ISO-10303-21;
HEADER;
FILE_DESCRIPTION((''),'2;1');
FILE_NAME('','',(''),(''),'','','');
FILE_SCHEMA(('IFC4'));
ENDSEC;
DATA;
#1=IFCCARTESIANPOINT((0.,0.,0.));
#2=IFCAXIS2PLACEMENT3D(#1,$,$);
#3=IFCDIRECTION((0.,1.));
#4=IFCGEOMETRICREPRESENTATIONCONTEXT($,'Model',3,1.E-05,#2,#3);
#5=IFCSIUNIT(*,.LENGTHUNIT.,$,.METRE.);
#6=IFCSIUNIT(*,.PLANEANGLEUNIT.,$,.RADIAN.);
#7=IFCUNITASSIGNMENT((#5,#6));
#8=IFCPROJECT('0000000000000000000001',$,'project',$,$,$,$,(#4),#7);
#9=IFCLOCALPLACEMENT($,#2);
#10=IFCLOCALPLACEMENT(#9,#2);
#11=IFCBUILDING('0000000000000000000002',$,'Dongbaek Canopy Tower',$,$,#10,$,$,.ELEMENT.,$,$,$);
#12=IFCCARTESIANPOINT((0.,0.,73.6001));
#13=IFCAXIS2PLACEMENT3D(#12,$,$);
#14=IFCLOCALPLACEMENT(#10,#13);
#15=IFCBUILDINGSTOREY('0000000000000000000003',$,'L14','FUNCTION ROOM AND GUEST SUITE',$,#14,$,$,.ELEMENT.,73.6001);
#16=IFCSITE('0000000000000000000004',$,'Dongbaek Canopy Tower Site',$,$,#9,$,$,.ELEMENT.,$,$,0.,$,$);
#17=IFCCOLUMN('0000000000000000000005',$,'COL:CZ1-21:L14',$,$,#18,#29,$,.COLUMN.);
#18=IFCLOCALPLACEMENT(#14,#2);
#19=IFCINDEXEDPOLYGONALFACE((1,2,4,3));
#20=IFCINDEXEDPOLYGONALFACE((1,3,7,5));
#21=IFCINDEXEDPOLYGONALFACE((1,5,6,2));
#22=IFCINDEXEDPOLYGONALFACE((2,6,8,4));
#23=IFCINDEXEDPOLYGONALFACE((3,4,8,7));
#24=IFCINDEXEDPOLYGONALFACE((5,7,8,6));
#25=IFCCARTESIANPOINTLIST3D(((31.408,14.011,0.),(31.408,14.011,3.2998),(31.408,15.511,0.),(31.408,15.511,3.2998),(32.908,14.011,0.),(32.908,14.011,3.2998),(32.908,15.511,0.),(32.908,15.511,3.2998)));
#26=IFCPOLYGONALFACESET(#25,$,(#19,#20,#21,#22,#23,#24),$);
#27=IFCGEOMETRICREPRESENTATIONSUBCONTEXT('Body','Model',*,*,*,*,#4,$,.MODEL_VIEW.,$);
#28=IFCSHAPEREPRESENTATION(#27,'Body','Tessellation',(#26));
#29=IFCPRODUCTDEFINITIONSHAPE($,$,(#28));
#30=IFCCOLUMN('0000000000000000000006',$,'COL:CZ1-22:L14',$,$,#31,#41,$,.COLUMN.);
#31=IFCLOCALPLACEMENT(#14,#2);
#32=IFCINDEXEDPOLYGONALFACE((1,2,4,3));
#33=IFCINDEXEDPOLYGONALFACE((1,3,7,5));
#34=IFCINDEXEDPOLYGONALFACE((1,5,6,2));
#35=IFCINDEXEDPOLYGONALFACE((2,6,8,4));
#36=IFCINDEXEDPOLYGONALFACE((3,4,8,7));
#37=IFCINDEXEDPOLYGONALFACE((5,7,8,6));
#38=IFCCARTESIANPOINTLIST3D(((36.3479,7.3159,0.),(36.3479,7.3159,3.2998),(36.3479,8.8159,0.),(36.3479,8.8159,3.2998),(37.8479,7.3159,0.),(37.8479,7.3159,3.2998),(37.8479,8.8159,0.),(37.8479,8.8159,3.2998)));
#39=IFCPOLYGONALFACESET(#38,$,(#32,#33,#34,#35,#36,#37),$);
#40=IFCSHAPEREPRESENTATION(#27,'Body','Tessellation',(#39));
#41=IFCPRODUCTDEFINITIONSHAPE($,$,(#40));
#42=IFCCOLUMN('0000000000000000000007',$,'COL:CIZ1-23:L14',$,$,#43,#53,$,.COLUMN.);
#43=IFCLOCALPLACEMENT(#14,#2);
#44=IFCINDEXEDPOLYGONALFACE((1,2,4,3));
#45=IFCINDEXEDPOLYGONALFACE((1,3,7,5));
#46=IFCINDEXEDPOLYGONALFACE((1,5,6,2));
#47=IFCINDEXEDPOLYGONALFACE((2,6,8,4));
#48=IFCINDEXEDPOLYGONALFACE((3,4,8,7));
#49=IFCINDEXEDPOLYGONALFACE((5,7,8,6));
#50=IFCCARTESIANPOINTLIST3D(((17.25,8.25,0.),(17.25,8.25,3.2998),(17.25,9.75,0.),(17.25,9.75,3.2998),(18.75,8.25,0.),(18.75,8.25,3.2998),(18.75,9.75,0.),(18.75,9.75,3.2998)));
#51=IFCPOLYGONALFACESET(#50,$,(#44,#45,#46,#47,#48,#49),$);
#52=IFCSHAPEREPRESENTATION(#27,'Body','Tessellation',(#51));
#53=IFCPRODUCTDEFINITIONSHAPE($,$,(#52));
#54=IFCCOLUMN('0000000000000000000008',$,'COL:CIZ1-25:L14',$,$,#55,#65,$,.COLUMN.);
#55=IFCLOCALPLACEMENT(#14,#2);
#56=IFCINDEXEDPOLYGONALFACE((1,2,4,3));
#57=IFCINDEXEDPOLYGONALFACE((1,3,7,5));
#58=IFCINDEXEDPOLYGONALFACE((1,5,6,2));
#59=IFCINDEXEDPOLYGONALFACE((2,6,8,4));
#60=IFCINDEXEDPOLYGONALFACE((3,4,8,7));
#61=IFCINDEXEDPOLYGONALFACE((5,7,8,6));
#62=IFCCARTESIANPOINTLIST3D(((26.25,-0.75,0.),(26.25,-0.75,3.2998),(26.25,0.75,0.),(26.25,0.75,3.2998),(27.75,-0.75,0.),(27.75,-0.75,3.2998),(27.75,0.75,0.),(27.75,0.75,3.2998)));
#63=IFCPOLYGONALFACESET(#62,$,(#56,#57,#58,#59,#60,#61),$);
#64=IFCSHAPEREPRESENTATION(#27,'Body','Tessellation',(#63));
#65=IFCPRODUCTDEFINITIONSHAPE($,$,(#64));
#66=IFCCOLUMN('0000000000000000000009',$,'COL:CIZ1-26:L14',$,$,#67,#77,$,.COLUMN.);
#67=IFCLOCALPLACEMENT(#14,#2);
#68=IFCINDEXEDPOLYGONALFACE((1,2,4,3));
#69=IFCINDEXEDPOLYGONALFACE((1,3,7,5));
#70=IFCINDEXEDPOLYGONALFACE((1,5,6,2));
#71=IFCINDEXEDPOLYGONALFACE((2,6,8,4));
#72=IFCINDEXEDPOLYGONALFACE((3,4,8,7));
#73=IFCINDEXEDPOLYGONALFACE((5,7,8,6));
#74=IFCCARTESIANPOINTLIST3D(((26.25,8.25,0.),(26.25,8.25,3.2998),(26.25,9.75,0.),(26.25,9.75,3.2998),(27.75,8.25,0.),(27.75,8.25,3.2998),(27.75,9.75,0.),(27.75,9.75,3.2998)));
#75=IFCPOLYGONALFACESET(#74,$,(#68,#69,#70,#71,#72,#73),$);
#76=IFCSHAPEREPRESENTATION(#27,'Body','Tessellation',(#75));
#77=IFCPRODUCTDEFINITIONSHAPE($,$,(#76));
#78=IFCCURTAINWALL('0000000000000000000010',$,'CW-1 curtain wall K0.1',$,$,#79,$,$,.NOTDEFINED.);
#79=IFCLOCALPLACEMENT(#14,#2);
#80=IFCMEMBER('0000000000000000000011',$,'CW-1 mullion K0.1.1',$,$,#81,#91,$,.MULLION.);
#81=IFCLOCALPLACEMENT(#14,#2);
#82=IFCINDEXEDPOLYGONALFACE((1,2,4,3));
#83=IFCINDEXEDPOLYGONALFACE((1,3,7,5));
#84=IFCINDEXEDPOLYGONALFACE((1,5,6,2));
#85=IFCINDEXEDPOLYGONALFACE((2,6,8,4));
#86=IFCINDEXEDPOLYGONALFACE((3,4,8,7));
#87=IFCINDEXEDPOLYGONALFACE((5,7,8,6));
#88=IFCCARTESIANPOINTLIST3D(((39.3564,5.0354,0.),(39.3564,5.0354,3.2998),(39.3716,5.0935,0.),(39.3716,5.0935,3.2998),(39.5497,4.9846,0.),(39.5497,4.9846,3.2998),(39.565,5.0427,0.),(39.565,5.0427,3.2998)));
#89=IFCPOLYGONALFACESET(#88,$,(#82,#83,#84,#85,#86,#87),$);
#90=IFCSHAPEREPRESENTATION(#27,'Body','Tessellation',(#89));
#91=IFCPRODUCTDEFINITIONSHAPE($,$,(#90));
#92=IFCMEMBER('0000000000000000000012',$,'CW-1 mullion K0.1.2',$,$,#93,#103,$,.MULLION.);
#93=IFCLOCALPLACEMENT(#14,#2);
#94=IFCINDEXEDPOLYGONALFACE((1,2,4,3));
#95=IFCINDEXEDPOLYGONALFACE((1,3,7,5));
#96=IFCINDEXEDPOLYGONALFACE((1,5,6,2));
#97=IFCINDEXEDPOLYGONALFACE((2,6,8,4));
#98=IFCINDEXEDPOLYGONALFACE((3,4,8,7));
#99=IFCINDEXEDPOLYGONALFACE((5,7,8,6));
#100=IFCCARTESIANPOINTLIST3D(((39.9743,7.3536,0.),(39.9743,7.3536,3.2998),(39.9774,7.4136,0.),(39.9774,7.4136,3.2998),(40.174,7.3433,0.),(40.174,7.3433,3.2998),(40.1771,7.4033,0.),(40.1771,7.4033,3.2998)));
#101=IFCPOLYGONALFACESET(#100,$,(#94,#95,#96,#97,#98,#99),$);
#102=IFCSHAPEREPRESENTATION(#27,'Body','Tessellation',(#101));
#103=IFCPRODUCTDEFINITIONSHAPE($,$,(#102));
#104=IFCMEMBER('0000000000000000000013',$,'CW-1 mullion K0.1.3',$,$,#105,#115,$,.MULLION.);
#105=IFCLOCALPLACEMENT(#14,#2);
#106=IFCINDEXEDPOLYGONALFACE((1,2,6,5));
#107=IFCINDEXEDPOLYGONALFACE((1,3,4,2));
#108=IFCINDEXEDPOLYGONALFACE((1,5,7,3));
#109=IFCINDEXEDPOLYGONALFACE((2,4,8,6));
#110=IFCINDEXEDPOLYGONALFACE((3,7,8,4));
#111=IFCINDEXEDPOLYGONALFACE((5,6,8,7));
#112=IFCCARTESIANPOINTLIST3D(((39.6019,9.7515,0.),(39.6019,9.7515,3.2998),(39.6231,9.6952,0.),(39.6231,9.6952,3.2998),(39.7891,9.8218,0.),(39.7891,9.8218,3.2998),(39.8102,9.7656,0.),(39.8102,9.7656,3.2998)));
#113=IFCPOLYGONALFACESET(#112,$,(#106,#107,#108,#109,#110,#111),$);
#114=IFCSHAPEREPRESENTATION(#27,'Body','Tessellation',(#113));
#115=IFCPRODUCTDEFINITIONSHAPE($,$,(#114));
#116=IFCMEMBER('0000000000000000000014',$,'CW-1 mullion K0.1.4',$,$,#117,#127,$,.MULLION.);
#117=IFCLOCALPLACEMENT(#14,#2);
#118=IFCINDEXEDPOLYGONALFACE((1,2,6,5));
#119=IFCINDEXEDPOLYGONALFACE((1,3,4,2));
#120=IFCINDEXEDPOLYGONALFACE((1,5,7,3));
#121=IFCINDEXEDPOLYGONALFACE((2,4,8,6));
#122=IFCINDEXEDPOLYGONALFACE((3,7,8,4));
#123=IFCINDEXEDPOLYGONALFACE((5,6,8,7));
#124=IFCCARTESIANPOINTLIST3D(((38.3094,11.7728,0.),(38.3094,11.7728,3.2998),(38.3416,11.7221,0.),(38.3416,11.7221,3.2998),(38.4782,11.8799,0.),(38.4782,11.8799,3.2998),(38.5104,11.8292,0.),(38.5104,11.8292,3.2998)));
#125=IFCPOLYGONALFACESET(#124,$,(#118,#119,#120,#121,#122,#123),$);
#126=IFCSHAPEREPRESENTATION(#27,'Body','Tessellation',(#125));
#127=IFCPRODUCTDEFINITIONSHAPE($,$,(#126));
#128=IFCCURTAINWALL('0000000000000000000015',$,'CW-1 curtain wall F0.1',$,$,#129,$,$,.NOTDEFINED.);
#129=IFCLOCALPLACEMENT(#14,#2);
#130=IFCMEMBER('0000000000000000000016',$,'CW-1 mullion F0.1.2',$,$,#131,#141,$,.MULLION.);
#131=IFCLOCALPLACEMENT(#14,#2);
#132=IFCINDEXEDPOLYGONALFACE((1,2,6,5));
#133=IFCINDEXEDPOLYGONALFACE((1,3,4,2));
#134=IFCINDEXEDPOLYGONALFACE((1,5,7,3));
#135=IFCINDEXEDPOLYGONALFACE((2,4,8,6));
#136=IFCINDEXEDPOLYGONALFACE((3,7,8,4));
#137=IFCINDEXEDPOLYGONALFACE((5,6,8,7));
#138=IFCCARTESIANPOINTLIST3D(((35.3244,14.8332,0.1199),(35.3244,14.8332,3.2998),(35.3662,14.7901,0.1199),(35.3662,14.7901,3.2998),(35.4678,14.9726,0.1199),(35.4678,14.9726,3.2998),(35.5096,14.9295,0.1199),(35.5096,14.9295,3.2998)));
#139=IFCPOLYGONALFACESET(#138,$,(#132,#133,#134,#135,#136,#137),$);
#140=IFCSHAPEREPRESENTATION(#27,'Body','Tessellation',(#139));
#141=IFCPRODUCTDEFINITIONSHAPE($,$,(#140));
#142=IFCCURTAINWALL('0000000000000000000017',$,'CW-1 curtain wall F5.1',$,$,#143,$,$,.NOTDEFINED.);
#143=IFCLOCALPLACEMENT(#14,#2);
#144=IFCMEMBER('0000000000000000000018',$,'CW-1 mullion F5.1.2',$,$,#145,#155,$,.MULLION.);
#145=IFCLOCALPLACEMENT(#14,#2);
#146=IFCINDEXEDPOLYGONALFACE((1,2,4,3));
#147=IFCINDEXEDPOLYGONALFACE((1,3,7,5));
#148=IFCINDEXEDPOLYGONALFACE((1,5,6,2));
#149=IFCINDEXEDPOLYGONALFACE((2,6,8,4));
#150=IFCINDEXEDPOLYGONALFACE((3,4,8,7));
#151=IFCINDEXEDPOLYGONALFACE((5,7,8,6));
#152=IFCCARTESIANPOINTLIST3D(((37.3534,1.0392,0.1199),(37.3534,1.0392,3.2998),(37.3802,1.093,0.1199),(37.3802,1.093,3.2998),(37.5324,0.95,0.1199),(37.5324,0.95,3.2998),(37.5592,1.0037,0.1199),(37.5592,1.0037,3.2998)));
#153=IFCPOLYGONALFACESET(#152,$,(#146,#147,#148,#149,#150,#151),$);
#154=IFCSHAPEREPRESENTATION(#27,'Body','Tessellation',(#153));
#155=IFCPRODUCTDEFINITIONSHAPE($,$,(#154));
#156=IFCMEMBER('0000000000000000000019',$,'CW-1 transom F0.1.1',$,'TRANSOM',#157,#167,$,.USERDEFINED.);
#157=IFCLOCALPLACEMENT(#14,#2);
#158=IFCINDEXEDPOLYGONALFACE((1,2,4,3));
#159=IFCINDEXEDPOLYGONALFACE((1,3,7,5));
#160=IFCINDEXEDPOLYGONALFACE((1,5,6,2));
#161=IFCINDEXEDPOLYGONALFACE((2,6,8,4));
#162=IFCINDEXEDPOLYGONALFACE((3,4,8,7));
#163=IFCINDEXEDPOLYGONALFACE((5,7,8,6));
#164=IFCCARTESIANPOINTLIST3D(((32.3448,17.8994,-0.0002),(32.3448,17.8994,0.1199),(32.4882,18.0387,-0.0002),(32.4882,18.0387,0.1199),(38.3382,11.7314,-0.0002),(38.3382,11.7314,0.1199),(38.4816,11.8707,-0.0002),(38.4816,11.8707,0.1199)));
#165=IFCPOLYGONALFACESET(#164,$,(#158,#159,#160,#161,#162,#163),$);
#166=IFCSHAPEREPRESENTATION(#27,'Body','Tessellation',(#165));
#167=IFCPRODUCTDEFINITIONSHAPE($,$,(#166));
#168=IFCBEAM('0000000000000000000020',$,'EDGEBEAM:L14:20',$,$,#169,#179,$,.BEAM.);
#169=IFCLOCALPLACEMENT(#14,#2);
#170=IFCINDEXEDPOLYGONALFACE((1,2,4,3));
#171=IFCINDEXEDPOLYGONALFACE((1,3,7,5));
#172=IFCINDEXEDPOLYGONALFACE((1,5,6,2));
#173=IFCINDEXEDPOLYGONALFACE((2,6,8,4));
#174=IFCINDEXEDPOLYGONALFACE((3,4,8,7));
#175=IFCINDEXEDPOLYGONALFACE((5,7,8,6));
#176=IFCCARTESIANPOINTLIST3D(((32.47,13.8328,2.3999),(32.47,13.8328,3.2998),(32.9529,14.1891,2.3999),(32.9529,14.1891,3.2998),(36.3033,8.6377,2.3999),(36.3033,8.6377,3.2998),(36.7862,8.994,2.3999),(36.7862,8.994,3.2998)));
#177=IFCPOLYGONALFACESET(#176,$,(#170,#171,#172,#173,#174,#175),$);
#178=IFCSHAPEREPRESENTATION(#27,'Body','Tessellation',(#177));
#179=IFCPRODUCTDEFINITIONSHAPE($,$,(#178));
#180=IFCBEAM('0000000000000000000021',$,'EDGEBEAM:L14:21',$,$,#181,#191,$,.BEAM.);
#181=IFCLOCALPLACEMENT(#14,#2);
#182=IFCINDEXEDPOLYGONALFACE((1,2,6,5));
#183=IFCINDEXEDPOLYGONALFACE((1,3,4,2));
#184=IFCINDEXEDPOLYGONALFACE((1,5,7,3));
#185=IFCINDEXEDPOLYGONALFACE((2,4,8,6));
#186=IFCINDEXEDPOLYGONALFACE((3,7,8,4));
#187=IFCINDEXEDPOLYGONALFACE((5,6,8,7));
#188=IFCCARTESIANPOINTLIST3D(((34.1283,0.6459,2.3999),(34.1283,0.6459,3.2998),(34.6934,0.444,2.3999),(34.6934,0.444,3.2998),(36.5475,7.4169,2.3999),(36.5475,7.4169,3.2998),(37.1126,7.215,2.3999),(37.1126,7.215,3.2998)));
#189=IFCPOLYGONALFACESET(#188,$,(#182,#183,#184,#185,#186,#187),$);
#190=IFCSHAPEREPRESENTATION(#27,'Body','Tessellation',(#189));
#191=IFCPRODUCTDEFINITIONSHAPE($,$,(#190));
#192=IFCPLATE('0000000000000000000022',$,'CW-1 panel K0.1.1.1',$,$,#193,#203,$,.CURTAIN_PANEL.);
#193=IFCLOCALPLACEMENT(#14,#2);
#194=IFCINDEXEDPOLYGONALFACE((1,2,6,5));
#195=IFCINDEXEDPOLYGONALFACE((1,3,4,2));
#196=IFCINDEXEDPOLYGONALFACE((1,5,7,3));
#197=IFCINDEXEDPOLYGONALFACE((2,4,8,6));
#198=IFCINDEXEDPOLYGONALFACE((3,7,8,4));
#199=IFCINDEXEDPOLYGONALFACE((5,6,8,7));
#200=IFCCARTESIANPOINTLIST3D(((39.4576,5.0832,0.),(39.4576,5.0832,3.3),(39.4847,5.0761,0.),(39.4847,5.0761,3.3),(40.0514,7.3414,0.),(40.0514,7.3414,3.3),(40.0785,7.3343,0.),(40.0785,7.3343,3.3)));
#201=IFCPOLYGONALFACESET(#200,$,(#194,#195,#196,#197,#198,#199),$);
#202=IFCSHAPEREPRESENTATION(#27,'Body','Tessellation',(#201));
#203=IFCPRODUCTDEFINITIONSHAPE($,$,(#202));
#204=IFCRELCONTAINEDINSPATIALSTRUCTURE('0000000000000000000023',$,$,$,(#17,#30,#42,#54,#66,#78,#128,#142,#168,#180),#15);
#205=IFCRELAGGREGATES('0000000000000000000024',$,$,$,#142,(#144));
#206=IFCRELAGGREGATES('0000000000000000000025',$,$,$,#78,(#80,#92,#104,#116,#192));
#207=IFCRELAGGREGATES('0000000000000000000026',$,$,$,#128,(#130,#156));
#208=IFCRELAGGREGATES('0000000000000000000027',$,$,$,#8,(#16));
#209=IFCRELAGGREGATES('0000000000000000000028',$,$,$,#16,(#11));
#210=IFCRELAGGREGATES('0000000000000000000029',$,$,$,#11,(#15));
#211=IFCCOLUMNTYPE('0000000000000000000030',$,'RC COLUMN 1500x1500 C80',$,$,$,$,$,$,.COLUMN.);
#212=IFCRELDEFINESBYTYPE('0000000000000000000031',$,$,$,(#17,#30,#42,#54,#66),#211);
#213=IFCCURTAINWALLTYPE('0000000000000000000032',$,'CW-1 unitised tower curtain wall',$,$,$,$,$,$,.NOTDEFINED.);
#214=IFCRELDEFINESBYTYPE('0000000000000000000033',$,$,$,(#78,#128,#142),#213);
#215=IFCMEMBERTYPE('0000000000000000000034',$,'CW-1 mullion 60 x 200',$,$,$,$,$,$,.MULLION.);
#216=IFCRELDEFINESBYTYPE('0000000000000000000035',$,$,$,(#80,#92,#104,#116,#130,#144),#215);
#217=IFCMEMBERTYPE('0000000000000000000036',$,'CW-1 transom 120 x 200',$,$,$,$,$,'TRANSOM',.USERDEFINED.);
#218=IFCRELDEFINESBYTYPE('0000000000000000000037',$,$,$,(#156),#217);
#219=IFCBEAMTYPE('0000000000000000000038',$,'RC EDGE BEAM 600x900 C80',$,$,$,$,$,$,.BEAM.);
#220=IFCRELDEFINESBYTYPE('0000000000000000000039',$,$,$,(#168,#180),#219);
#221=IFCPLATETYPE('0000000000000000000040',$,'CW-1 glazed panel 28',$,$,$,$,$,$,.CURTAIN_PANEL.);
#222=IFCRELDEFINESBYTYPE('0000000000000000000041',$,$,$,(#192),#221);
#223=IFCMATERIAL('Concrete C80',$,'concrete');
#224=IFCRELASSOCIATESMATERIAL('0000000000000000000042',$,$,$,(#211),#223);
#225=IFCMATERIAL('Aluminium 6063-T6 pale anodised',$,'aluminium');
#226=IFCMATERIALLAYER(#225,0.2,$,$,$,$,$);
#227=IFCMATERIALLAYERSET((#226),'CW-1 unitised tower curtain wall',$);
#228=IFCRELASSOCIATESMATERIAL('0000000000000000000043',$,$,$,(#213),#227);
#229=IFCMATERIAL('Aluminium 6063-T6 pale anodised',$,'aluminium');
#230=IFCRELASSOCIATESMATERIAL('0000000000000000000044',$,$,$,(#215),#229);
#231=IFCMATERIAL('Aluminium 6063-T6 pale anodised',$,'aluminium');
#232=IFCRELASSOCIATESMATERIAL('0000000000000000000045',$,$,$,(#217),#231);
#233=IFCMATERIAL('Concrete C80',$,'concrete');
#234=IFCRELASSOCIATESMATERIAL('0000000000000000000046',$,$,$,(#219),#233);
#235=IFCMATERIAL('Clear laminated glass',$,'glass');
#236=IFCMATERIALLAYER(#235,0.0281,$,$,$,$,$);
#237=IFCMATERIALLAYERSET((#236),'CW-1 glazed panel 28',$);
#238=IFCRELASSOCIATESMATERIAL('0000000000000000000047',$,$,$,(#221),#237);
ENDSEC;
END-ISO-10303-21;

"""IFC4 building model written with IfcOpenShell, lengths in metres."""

from ifc_helpers import new_model, si_unit, direction, frame, origin, origin_2d, place, context, subcontext, project, spatial, rectangle, extrude, material, layer, layer_set, material_profile, profile_set, type_object, element, aggregate, save


model = new_model("IFC4")

# Units and contexts
model_context = context("Model", 3, precision=1e-05, world=origin(), true_north=direction((0.0, 1.0)))
body_context = subcontext(model_context, "Body", "Model", "MODEL_VIEW")
ifc_project = project(units=[si_unit("LENGTHUNIT", "METRE"), si_unit("PLANEANGLEUNIT", "RADIAN")], contexts=[model_context])

# Site, building, storey
site_placement = place(None, origin())
site = spatial("IfcSite", under=ifc_project, at=site_placement, Name="Dongbaek Canopy Tower Site", CompositionType="ELEMENT", RefElevation=0.0)
building_placement = place(site_placement, origin())
building = spatial("IfcBuilding", under=site, at=building_placement, Name="Dongbaek Canopy Tower", CompositionType="ELEMENT")
storey_placement = place(building_placement, frame((0.0, 0.0, 73.6001)))
storey = spatial("IfcBuildingStorey", under=building, at=storey_placement, Name="L14", Description="FUNCTION ROOM AND GUEST SUITE", CompositionType="ELEMENT", Elevation=73.6001)

# Columns
ifc_material_1 = material(Name="Concrete C80", Category="concrete")
ifc_material_profile_1 = material_profile(ifc_material_1, rectangle(XDim=1.5, YDim=1.5, at=origin_2d()), Name="RC COLUMN 1500x1500 C80")
ifc_profile_set_1 = profile_set([ifc_material_profile_1], Name="Concrete C80")
column_type = type_object("IfcColumnType", Name="RC COLUMN 1500x1500 C80", PredefinedType="COLUMN", material=ifc_profile_set_1)
for number, where, z_axis, x_axis, name in (
    (1, (32.158, 14.761, 0.0), (0.0, 0.0, 1.0), (1.0, 0.0, 0.0), "COL:CZ1-21:L14"),
    (2, (37.0979, 8.0659, 0.0), (0.0, 0.0, 1.0), (1.0, 0.0, 0.0), "COL:CZ1-22:L14"),
    (3, (18.0, 9.0, 0.0), (0.0, 0.0, 1.0), (1.0, 0.0, 0.0), "COL:CIZ1-23:L14"),
    (4, (27.0, 0.0, 0.0), (0.0, 0.0, 1.0), (1.0, 0.0, 0.0), "COL:CIZ1-25:L14"),
    (5, (27.0, 9.0, 0.0), (0.0, 0.0, 1.0), (1.0, 0.0, 0.0), "COL:CIZ1-26:L14"),
):
    element("IfcColumn", number, at=place(storey_placement, frame(where, z_axis=z_axis, x_axis=x_axis)), inside=storey, type_object=column_type, Name=name, PredefinedType="COLUMN", context=body_context, shape_type="SweptSolid", body=[
        extrude(rectangle(XDim=1.5, YDim=1.5, at=origin_2d()), origin(), (0.0, 0.0, 1.0), 3.2998),
    ])

# Curtain wall, members
ifc_material_2 = material(Name="Aluminium 6063-T6 pale anodised", Category="aluminium")
ifc_layer_1 = layer(ifc_material_2, 0.2)
ifc_layer_set_1 = layer_set([ifc_layer_1], Name="CW-1 unitised tower curtain wall")
curtain_wall_type = type_object("IfcCurtainWallType", Name="CW-1 unitised tower curtain wall", PredefinedType="NOTDEFINED", material=ifc_layer_set_1)
curtain_wall_1_placement = place(storey_placement, origin())
curtain_wall_1 = element("IfcCurtainWall", 6, at=curtain_wall_1_placement, inside=storey, type_object=curtain_wall_type, Name="CW-1 curtain wall K0.1", PredefinedType="NOTDEFINED")
ifc_material_3 = material(Name="Aluminium 6063-T6 pale anodised", Category="aluminium")
ifc_material_profile_2 = material_profile(ifc_material_3, rectangle(XDim=0.2, YDim=0.0601, at=origin_2d()), Name="CW-1 mullion 60 x 200")
ifc_profile_set_2 = profile_set([ifc_material_profile_2], Name="Aluminium 6063-T6 pale anodised")
member_type_1 = type_object("IfcMemberType", Name="CW-1 mullion 60 x 200", PredefinedType="MULLION", material=ifc_profile_set_2)
member_1_placement = place(storey_placement, frame((39.4607, 5.0391, 0.0), z_axis=(0.0, 0.0, 1.0), x_axis=(0.967124, -0.254304, 0.0)))
member_1 = element("IfcMember", 7, at=member_1_placement, type_object=member_type_1, Name="CW-1 mullion K0.1.1", PredefinedType="MULLION", context=body_context, shape_type="SweptSolid", body=[
    extrude(rectangle(XDim=0.2, YDim=0.0601, at=origin_2d()), origin(), (0.0, 0.0, 1.0), 3.2998),
])
member_2_placement = place(storey_placement, frame((40.0757, 7.3784, 0.0), z_axis=(0.0, 0.0, 1.0), x_axis=(0.998674, -0.051471, 0.0)))
member_2 = element("IfcMember", 8, at=member_2_placement, type_object=member_type_1, Name="CW-1 mullion K0.1.2", PredefinedType="MULLION", context=body_context, shape_type="SweptSolid", body=[
    extrude(rectangle(XDim=0.2, YDim=0.0601, at=origin_2d()), origin(), (0.0, 0.0, 1.0), 3.2998),
])
member_3_placement = place(storey_placement, frame((39.7061, 9.7585, 0.0), z_axis=(0.0, 0.0, 1.0), x_axis=(0.935977, 0.352062, 0.0)))
member_3 = element("IfcMember", 9, at=member_3_placement, type_object=member_type_1, Name="CW-1 mullion K0.1.3", PredefinedType="MULLION", context=body_context, shape_type="SweptSolid", body=[
    extrude(rectangle(XDim=0.2, YDim=0.0601, at=origin_2d()), origin(), (0.0, 0.0, 1.0), 3.2998),
])
member_4_placement = place(storey_placement, frame((38.4099, 11.801, 0.0), z_axis=(0.0, 0.0, 1.0), x_axis=(0.844371, 0.535759, 0.0)))
member_4 = element("IfcMember", 10, at=member_4_placement, type_object=member_type_1, Name="CW-1 mullion K0.1.4", PredefinedType="MULLION", context=body_context, shape_type="SweptSolid", body=[
    extrude(rectangle(XDim=0.2, YDim=0.0601, at=origin_2d()), origin(), (0.0, 0.0, 1.0), 3.2998),
])

# Curtain walls, members
curtain_wall_2_placement = place(storey_placement, origin())
curtain_wall_2 = element("IfcCurtainWall", 11, at=curtain_wall_2_placement, inside=storey, type_object=curtain_wall_type, Name="CW-1 curtain wall F0.1", PredefinedType="NOTDEFINED")
member_5_placement = place(storey_placement, frame((35.417, 14.8813, 0.1199), z_axis=(0.0, 0.0, 1.0), x_axis=(0.717186, 0.696882, 0.0)))
member_5 = element("IfcMember", 12, at=member_5_placement, type_object=member_type_1, Name="CW-1 mullion F0.1.2", PredefinedType="MULLION", context=body_context, shape_type="SweptSolid", body=[
    extrude(rectangle(XDim=0.2, YDim=0.0601, at=origin_2d()), origin(), (0.0, 0.0, 1.0), 3.1799),
])
curtain_wall_3_placement = place(storey_placement, origin())
curtain_wall_3 = element("IfcCurtainWall", 13, at=curtain_wall_3_placement, inside=storey, type_object=curtain_wall_type, Name="CW-1 curtain wall F5.1", PredefinedType="NOTDEFINED")
member_6_placement = place(storey_placement, frame((37.4563, 1.0215, 0.1199), z_axis=(0.0, 0.0, 1.0), x_axis=(0.894823, -0.44642, 0.0)))
member_6 = element("IfcMember", 14, at=member_6_placement, type_object=member_type_1, Name="CW-1 mullion F5.1.2", PredefinedType="MULLION", context=body_context, shape_type="SweptSolid", body=[
    extrude(rectangle(XDim=0.2, YDim=0.0601, at=origin_2d()), origin(), (0.0, 0.0, 1.0), 3.1799),
])

# Member
ifc_material_4 = material(Name="Aluminium 6063-T6 pale anodised", Category="aluminium")
ifc_material_profile_3 = material_profile(ifc_material_4, rectangle(XDim=0.2, YDim=0.1201, at=origin_2d()), Name="CW-1 transom 120 x 200")
ifc_profile_set_3 = profile_set([ifc_material_profile_3], Name="Aluminium 6063-T6 pale anodised")
member_type_2 = type_object("IfcMemberType", Name="CW-1 transom 120 x 200", ElementType="TRANSOM", PredefinedType="USERDEFINED", material=ifc_profile_set_3)
member_7_placement = place(storey_placement, frame((38.4099, 11.801, 0.0598), z_axis=(-0.696885, 0.717182, 0.0), x_axis=(-0.717182, -0.696885, 0.0)))
member_7 = element("IfcMember", 15, at=member_7_placement, type_object=member_type_2, Name="CW-1 transom F0.1.1", ObjectType="TRANSOM", PredefinedType="USERDEFINED", context=body_context, shape_type="SweptSolid", body=[
    extrude(rectangle(XDim=0.2, YDim=0.1201, at=origin_2d()), origin(), (0.0, 0.0, 1.0), 8.6003),
])

# Beams
ifc_material_5 = material(Name="Concrete C80", Category="concrete")
ifc_material_profile_4 = material_profile(ifc_material_5, rectangle(XDim=0.6001, YDim=0.8999, at=origin_2d()), Name="RC EDGE BEAM 600x900 C80")
ifc_profile_set_4 = profile_set([ifc_material_profile_4], Name="Concrete C80")
beam_type = type_object("IfcBeamType", Name="RC EDGE BEAM 600x900 C80", PredefinedType="BEAM", material=ifc_profile_set_4)
beam_1_placement = place(storey_placement, frame((32.7114, 14.011, 2.8499), z_axis=(0.593732, -0.804663, 0.0), x_axis=(0.804663, 0.593732, 0.0)))
element("IfcBeam", 16, at=beam_1_placement, inside=storey, type_object=beam_type, Name="EDGEBEAM:L14:20", PredefinedType="BEAM", context=body_context, shape_type="SweptSolid", body=[
    extrude(rectangle(XDim=0.6001, YDim=0.8999, at=origin_2d()), origin(), (0.0, 0.0, 1.0), 6.4563),
])
beam_2_placement = place(storey_placement, frame((36.8301, 7.3159, 2.8499), z_axis=(-0.336457, -0.941699, 0.0), x_axis=(0.941699, -0.336457, 0.0)))
element("IfcBeam", 17, at=beam_2_placement, inside=storey, type_object=beam_type, Name="EDGEBEAM:L14:21", PredefinedType="BEAM", context=body_context, shape_type="SweptSolid", body=[
    extrude(rectangle(XDim=0.6001, YDim=0.8999, at=origin_2d()), origin(), (0.0, 0.0, 1.0), 7.1902),
])

# Plate
ifc_material_6 = material(Name="Clear laminated glass", Category="glass")
ifc_layer_2 = layer(ifc_material_6, 0.0281)
ifc_layer_set_2 = layer_set([ifc_layer_2], Name="CW-1 glazed panel 28")
plate_type = type_object("IfcPlateType", Name="CW-1 glazed panel 28", PredefinedType="CURTAIN_PANEL", material=ifc_layer_set_2)
plate_1_placement = place(storey_placement, frame((39.7681, 6.2087, 0.0), z_axis=(0.0, 0.0, 1.0), x_axis=(0.254304, 0.967124, 0.0)))
plate_1 = element("IfcPlate", 18, at=plate_1_placement, type_object=plate_type, Name="CW-1 panel K0.1.1.1", PredefinedType="CURTAIN_PANEL", context=body_context, shape_type="SweptSolid", body=[
    extrude(rectangle(XDim=2.335, YDim=0.0281, at=origin_2d()), origin(), (0.0, 0.0, 1.0), 3.3),
])

aggregate(curtain_wall_3, [member_6])
aggregate(curtain_wall_1, [member_1, member_2, member_3, member_4, plate_1])
aggregate(curtain_wall_2, [member_5, member_7])

save(model, "model.ifc")
